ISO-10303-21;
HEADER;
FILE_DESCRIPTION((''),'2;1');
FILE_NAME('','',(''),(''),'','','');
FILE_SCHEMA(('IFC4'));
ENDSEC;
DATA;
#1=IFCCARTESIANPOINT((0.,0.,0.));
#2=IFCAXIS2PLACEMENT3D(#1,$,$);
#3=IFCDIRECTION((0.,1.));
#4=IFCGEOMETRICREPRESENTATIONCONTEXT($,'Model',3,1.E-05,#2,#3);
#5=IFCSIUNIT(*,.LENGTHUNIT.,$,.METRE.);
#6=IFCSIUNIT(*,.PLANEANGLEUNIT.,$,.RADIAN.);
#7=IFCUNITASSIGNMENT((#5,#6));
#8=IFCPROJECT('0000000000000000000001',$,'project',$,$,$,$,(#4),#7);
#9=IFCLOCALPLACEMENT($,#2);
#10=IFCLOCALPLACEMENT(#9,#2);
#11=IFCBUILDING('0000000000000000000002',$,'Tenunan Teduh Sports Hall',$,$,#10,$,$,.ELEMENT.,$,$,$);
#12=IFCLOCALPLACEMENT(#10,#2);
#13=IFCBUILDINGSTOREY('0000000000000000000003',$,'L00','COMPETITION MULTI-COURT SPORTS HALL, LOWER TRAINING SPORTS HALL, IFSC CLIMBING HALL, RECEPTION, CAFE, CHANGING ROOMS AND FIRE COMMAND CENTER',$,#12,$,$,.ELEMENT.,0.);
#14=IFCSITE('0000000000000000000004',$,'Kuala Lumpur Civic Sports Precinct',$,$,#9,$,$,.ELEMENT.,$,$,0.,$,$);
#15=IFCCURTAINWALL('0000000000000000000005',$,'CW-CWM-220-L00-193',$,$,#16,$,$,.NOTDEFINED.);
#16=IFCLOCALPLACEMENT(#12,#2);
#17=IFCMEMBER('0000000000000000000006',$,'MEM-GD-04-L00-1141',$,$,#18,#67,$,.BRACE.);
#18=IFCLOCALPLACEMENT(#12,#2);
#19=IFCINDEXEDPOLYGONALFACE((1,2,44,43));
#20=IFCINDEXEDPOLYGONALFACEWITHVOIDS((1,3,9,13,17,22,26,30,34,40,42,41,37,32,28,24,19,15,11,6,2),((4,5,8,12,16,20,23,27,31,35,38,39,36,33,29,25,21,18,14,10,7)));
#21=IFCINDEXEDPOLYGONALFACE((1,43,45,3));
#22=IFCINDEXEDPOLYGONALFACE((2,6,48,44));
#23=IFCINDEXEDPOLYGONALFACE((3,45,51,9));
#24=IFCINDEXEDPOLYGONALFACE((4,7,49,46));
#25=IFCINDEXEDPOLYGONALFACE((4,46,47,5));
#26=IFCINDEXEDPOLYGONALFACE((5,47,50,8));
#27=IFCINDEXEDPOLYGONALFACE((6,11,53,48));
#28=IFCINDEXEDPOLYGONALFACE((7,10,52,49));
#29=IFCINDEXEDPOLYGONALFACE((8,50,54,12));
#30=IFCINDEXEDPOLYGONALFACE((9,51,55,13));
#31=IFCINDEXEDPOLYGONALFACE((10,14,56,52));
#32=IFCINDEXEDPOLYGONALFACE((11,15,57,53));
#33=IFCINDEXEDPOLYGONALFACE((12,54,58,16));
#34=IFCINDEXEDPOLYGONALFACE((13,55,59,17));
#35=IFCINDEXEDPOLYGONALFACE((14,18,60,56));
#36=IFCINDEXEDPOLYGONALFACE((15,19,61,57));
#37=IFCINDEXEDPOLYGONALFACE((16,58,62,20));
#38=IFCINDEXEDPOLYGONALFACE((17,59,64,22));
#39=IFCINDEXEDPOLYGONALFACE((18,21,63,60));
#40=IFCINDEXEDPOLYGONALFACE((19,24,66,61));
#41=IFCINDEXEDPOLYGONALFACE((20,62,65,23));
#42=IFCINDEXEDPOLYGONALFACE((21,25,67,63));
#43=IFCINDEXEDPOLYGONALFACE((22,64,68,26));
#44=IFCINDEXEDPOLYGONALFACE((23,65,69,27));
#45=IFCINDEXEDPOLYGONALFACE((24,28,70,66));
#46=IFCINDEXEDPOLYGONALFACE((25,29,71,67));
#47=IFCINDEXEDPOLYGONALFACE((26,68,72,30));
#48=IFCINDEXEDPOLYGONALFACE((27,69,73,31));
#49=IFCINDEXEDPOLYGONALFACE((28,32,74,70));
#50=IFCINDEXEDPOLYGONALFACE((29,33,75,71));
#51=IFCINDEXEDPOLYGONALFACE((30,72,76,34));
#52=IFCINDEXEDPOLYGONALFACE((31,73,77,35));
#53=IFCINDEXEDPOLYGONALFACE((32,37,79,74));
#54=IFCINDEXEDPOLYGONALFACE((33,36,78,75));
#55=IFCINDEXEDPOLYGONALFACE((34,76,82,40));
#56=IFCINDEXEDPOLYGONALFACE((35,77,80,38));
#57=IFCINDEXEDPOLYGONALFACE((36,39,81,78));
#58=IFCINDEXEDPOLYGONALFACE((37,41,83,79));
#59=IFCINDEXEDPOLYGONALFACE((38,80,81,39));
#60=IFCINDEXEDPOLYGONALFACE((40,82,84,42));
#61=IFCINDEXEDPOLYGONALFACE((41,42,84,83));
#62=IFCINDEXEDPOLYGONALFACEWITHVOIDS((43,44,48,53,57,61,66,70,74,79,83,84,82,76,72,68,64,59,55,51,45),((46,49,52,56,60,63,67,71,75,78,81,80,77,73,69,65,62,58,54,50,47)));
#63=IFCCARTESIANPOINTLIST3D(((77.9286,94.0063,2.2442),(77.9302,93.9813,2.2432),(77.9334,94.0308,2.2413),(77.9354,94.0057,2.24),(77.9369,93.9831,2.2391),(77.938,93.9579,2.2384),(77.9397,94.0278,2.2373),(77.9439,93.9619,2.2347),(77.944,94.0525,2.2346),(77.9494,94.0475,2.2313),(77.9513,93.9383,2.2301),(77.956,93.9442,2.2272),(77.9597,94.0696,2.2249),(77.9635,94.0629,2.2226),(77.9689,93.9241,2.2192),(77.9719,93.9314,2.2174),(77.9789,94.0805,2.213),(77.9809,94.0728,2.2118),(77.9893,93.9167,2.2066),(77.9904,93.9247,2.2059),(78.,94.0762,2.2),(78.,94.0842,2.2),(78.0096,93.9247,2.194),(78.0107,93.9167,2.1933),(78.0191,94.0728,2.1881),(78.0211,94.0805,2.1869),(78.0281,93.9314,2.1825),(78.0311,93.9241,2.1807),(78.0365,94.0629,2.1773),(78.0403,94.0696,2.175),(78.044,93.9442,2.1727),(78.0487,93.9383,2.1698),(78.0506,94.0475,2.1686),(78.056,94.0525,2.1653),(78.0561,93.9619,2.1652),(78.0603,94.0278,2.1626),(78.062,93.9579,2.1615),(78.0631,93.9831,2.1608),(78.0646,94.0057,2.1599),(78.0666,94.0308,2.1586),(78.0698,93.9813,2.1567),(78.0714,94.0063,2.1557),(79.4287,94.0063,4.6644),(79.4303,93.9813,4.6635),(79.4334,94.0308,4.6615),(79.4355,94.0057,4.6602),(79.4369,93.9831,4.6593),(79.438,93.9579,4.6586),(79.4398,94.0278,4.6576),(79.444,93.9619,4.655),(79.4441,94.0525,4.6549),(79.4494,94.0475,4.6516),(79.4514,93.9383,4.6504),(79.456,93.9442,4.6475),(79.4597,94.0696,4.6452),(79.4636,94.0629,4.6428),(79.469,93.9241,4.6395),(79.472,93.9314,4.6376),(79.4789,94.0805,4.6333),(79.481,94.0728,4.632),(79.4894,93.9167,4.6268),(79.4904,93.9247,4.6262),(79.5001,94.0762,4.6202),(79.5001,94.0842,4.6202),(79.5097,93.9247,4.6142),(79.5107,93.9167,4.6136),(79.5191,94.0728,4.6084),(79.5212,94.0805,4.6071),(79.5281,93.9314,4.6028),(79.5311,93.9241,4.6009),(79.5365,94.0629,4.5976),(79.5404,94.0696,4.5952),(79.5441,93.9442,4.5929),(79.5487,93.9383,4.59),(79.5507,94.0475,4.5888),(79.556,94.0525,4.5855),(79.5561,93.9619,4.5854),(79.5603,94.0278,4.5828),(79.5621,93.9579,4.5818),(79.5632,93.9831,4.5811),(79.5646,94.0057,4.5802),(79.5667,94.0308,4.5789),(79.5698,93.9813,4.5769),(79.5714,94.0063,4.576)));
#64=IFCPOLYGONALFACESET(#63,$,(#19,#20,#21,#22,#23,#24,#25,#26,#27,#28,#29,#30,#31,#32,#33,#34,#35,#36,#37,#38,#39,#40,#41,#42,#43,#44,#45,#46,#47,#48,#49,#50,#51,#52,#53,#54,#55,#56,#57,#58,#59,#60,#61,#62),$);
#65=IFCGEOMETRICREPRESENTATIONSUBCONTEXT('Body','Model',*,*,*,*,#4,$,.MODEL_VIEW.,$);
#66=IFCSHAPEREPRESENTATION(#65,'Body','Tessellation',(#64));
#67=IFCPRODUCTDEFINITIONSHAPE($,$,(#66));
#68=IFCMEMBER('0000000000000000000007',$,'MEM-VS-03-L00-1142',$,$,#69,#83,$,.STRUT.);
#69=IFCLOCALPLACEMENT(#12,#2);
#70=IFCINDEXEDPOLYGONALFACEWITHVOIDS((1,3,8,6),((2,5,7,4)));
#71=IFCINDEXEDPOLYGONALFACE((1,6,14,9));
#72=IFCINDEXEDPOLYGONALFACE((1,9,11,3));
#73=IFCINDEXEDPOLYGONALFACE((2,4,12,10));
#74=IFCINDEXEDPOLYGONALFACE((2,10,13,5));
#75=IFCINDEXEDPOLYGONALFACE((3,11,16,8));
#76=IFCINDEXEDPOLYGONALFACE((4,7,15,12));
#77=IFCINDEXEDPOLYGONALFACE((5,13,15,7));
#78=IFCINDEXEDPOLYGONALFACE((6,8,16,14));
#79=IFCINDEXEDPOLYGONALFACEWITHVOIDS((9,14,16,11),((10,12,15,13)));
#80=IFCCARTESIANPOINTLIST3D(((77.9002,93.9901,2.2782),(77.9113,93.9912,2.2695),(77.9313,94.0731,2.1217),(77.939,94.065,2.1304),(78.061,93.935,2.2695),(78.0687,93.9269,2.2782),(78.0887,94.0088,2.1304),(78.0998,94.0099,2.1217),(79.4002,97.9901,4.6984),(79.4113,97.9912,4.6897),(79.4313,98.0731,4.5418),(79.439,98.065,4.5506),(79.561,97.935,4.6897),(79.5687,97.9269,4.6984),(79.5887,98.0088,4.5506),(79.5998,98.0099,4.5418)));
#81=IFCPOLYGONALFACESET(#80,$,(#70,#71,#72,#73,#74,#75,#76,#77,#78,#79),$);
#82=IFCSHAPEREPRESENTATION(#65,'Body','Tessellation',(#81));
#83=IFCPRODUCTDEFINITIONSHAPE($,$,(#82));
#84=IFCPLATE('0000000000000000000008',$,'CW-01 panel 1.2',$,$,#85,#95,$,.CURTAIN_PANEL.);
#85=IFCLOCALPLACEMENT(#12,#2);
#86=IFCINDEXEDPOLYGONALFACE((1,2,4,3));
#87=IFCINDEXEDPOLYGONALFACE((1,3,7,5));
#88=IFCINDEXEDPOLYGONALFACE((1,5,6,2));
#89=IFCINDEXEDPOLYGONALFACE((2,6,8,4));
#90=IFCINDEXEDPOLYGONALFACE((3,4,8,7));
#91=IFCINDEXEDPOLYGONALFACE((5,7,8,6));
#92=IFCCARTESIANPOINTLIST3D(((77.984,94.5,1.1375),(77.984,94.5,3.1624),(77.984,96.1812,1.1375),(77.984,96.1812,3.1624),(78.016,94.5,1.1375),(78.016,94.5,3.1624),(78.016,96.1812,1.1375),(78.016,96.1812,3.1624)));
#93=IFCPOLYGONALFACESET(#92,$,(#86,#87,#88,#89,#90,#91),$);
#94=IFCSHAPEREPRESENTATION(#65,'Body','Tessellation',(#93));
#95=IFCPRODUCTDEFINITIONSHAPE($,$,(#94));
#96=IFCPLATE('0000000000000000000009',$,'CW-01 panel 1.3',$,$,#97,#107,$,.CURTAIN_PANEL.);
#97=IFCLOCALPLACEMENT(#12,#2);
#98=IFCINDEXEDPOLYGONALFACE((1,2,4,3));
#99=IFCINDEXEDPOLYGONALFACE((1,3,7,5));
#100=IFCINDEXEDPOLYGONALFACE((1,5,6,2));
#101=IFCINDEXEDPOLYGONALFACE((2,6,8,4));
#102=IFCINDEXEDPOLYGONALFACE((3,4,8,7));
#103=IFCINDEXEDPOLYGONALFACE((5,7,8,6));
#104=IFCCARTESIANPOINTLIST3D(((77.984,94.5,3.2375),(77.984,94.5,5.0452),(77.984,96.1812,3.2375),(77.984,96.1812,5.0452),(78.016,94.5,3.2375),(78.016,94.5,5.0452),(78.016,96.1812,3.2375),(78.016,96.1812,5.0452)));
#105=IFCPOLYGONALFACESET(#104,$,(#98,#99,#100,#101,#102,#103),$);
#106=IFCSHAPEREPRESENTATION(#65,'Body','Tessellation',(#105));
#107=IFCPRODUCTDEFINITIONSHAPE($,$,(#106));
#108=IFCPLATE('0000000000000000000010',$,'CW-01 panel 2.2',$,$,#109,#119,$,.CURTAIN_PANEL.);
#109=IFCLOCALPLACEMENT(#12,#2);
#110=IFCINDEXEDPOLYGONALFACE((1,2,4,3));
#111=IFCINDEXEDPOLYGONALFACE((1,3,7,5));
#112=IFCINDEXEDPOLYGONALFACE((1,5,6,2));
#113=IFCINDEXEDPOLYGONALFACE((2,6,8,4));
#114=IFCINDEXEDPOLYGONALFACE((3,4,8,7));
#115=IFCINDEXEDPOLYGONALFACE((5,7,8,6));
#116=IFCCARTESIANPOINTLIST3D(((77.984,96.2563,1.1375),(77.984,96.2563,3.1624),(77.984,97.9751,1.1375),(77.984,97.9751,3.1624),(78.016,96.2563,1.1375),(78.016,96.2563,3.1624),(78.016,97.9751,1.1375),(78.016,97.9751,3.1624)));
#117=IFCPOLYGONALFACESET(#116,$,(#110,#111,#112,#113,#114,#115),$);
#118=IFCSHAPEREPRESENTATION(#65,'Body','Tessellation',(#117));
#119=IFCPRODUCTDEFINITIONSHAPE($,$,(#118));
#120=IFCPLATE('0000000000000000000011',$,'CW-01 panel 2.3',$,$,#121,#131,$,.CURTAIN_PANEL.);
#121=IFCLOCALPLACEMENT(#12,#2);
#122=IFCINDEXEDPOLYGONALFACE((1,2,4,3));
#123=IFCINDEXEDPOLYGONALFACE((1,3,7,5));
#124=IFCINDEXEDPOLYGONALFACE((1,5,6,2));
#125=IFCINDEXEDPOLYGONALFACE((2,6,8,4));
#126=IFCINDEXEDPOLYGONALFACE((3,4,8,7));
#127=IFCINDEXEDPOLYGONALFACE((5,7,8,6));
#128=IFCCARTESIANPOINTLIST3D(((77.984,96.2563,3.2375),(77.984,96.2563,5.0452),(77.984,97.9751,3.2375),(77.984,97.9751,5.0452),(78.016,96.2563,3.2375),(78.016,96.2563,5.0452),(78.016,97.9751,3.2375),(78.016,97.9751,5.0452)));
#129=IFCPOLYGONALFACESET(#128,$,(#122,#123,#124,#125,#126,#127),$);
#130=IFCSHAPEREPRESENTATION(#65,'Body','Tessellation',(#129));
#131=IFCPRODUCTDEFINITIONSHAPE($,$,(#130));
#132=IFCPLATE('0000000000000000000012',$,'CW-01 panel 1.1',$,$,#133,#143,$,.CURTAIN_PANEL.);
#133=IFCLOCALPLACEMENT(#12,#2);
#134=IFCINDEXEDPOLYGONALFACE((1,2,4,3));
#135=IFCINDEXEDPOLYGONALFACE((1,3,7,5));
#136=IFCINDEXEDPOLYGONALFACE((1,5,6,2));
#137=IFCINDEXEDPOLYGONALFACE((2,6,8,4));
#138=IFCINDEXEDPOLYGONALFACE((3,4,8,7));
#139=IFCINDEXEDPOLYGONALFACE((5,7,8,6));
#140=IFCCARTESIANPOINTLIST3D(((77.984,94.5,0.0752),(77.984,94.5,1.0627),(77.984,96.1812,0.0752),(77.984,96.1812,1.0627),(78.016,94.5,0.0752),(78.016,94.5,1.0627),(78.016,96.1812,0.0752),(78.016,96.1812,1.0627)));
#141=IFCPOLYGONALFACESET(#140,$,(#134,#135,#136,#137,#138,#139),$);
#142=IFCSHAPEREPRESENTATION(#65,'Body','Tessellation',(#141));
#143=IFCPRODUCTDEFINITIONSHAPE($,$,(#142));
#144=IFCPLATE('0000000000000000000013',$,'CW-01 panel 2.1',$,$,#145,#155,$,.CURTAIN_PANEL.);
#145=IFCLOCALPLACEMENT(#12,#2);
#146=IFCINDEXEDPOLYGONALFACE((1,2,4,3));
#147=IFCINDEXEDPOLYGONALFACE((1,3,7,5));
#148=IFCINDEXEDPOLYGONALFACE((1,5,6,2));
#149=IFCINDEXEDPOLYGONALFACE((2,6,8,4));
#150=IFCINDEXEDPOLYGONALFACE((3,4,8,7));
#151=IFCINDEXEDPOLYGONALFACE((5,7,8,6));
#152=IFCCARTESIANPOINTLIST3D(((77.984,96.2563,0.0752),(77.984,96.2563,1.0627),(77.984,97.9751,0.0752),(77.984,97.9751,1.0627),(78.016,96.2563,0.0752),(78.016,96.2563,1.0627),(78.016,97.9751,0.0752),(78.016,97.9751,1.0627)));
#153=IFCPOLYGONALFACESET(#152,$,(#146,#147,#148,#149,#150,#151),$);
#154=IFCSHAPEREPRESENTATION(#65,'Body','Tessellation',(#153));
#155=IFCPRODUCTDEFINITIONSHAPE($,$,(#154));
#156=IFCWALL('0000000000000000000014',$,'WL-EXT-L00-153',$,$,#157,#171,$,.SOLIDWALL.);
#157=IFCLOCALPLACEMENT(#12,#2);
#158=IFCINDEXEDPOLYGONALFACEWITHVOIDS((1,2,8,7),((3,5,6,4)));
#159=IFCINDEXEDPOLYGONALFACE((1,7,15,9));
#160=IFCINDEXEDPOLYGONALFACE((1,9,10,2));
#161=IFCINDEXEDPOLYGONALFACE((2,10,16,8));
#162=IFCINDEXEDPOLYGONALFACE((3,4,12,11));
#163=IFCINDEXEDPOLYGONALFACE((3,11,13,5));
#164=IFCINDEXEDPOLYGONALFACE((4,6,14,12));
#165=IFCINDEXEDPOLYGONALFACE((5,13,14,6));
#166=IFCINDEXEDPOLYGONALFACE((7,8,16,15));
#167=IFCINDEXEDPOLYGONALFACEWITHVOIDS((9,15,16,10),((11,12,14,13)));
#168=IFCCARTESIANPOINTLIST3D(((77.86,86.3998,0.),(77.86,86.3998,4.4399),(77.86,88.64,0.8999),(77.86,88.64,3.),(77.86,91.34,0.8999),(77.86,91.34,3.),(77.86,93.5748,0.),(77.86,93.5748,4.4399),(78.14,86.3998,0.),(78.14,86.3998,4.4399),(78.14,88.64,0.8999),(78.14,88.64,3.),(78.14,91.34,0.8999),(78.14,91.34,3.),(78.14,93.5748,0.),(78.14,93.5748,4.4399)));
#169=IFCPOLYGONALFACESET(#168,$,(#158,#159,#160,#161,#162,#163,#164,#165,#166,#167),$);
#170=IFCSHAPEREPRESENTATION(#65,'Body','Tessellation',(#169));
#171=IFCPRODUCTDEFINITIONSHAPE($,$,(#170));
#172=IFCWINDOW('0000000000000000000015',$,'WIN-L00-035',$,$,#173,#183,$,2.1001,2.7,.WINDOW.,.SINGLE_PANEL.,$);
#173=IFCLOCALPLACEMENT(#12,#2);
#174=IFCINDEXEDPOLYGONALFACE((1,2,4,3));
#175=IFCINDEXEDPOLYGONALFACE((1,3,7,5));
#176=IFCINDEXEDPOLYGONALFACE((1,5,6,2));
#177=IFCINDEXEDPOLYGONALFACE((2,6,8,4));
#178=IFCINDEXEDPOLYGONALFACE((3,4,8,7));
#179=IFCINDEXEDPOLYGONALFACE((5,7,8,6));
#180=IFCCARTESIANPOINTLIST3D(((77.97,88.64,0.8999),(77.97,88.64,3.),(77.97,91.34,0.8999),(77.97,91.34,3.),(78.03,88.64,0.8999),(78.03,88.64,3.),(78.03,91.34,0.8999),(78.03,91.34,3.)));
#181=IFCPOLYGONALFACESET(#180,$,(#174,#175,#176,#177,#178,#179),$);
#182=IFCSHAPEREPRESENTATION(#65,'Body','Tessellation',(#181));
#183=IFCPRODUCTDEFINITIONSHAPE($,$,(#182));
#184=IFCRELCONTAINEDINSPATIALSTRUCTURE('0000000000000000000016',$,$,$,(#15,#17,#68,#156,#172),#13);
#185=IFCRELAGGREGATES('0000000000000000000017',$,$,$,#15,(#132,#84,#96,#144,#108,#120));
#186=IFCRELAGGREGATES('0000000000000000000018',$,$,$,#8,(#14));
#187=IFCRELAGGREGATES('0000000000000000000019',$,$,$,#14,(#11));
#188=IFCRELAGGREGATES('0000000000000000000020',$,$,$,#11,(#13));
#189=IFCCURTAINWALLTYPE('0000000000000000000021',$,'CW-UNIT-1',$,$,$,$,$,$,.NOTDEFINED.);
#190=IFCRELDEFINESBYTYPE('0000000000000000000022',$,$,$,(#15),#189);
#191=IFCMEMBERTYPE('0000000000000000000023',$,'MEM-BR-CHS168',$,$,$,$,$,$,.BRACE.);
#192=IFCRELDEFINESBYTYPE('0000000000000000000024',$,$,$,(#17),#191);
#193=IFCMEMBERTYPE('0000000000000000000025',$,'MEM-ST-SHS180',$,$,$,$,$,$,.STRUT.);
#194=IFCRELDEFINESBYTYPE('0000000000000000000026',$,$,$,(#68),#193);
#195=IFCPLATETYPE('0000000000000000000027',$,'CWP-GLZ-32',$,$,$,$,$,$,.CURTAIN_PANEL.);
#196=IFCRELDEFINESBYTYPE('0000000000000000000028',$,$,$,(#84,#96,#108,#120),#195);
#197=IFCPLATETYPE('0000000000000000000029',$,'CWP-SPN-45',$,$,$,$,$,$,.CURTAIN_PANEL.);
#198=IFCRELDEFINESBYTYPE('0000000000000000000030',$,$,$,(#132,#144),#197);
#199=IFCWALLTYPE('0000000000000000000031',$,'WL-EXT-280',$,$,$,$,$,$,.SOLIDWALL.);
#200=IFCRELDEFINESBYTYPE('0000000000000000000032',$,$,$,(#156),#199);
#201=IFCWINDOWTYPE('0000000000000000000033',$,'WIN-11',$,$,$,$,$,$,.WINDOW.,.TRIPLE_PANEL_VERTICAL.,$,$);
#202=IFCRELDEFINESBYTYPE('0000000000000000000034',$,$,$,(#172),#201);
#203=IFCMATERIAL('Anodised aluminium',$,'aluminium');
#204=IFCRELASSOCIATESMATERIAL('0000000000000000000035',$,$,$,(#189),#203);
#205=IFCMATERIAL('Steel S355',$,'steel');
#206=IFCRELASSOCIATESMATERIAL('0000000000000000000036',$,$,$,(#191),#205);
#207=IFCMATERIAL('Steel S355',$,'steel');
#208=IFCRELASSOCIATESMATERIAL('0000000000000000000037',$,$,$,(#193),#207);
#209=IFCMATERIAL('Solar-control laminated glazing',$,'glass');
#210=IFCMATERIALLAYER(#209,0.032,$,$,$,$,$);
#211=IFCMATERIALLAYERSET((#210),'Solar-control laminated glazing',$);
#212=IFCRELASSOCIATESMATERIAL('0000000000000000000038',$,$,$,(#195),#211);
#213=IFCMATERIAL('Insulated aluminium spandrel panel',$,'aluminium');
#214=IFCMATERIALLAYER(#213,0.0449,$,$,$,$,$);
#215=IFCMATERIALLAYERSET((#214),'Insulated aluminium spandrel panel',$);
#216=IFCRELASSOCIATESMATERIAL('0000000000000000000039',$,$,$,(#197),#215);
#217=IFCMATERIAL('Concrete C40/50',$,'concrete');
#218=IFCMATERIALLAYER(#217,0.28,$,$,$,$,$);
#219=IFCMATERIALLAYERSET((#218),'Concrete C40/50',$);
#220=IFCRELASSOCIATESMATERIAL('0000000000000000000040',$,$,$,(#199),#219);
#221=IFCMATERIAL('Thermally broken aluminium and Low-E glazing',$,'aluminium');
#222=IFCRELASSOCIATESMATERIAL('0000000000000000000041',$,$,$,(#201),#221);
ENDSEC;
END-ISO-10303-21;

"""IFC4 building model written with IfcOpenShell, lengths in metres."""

from ifc_helpers import new_model, si_unit, direction, frame, frame_2d, origin, origin_2d, place, context, subcontext, project, spatial, rectangle, hollow_rectangle, hollow_circle, extrude, material, layer, layer_set, material_profile, profile_set, type_object, element, fill, aggregate, save


model = new_model("IFC4")

# Units and contexts
model_context = context("Model", 3, precision=1e-05, world=origin(), true_north=direction((0.0, 1.0)))
body_context = subcontext(model_context, "Body", "Model", "MODEL_VIEW")
ifc_project = project(units=[si_unit("LENGTHUNIT", "METRE"), si_unit("PLANEANGLEUNIT", "RADIAN")], contexts=[model_context])

# Site, building, storey
site_placement = place(None, origin())
site = spatial("IfcSite", under=ifc_project, at=site_placement, Name="Kuala Lumpur Civic Sports Precinct", CompositionType="ELEMENT", RefElevation=0.0)
building_placement = place(site_placement, origin())
building = spatial("IfcBuilding", under=site, at=building_placement, Name="Tenunan Teduh Sports Hall", CompositionType="ELEMENT")
storey_placement = place(building_placement, origin())
storey = spatial("IfcBuildingStorey", under=building, at=storey_placement, Name="L00", Description="COMPETITION MULTI-COURT SPORTS HALL, LOWER TRAINING SPORTS HALL, IFSC CLIMBING HALL, RECEPTION, CAFE, CHANGING ROOMS AND FIRE COMMAND CENTER", CompositionType="ELEMENT", Elevation=0.0)

# Curtain wall
ifc_material_1 = material(Name="Anodised aluminium", Category="aluminium")
curtain_wall_type = type_object("IfcCurtainWallType", Name="CW-UNIT-1", PredefinedType="NOTDEFINED", material=ifc_material_1)
curtain_wall_placement = place(storey_placement, origin())
curtain_wall = element("IfcCurtainWall", 1, at=curtain_wall_placement, inside=storey, type_object=curtain_wall_type, Name="CW-CWM-220-L00-193", PredefinedType="NOTDEFINED")

# Members
ifc_material_2 = material(Name="Steel S355", Category="steel")
ifc_material_profile_1 = material_profile(ifc_material_2, hollow_circle(Radius=0.0842, WallThickness=0.0081, at=origin_2d()), Name="CHS 168.3x8.0")
ifc_profile_set_1 = profile_set([ifc_material_profile_1], Name="Steel S355")
member_type_1 = type_object("IfcMemberType", Name="MEM-BR-CHS168", PredefinedType="BRACE", material=ifc_profile_set_1)
member_1_placement = place(storey_placement, frame((78.0, 94.0, 2.2), z_axis=(0.526812, 0.0, 0.849982), x_axis=(0.0, 1.0, 0.0)))
element("IfcMember", 2, at=member_1_placement, inside=storey, type_object=member_type_1, Name="MEM-GD-04-L00-1141", PredefinedType="BRACE", context=body_context, shape_type="SweptSolid", body=[
    extrude(hollow_circle(Radius=0.0842, WallThickness=0.0081, at=origin_2d()), origin(), (0.0, 0.0, 1.0), 2.8474),
])
ifc_material_3 = material(Name="Steel S355", Category="steel")
ifc_material_profile_2 = material_profile(ifc_material_3, hollow_rectangle(XDim=0.1799, YDim=0.1799, WallThickness=0.01, at=origin_2d()), Name="SHS 180x180x10.0")
ifc_profile_set_2 = profile_set([ifc_material_profile_2], Name="Steel S355")
member_type_2 = type_object("IfcMemberType", Name="MEM-ST-SHS180", PredefinedType="STRUT", material=ifc_profile_set_2)
member_2_placement = place(storey_placement, frame((78.0, 94.0, 2.2), z_axis=(0.305505, 0.814679, 0.492915), x_axis=(-0.936329, 0.351123, 0.0)))
element("IfcMember", 3, at=member_2_placement, inside=storey, type_object=member_type_2, Name="MEM-VS-03-L00-1142", PredefinedType="STRUT", context=body_context, shape_type="SweptSolid", body=[
    extrude(hollow_rectangle(XDim=0.1799, YDim=0.1799, WallThickness=0.01, at=origin_2d()), origin(), (0.0, 0.0, 1.0), 4.9099),
])

# Plates
ifc_material_4 = material(Name="Solar-control laminated glazing", Category="glass")
ifc_layer_1 = layer(ifc_material_4, 0.032)
ifc_layer_set_1 = layer_set([ifc_layer_1], Name="Solar-control laminated glazing")
plate_type_1 = type_object("IfcPlateType", Name="CWP-GLZ-32", PredefinedType="CURTAIN_PANEL", material=ifc_layer_set_1)
plate_1_placement = place(storey_placement, frame((78.0, 95.3406, 1.1375), z_axis=(0.0, 0.0, 1.0), x_axis=(0.0, 1.0, 0.0)))
plate_1 = element("IfcPlate", 4, at=plate_1_placement, type_object=plate_type_1, Name="CW-01 panel 1.2", PredefinedType="CURTAIN_PANEL", context=body_context, shape_type="SweptSolid", body=[
    extrude(rectangle(XDim=1.6812, YDim=0.032, at=origin_2d()), origin(), (0.0, 0.0, 1.0), 2.0249),
])
plate_2_placement = place(storey_placement, frame((78.0, 95.3406, 3.2375), z_axis=(0.0, 0.0, 1.0), x_axis=(0.0, 1.0, 0.0)))
plate_2 = element("IfcPlate", 5, at=plate_2_placement, type_object=plate_type_1, Name="CW-01 panel 1.3", PredefinedType="CURTAIN_PANEL", context=body_context, shape_type="SweptSolid", body=[
    extrude(rectangle(XDim=1.6812, YDim=0.032, at=origin_2d()), origin(), (0.0, 0.0, 1.0), 1.8076),
])
plate_3_placement = place(storey_placement, frame((78.0, 97.1157, 1.1375), z_axis=(0.0, 0.0, 1.0), x_axis=(0.0, 1.0, 0.0)))
plate_3 = element("IfcPlate", 6, at=plate_3_placement, type_object=plate_type_1, Name="CW-01 panel 2.2", PredefinedType="CURTAIN_PANEL", context=body_context, shape_type="SweptSolid", body=[
    extrude(rectangle(XDim=1.7188, YDim=0.032, at=origin_2d()), origin(), (0.0, 0.0, 1.0), 2.0249),
])
plate_4_placement = place(storey_placement, frame((78.0, 97.1157, 3.2375), z_axis=(0.0, 0.0, 1.0), x_axis=(0.0, 1.0, 0.0)))
plate_4 = element("IfcPlate", 7, at=plate_4_placement, type_object=plate_type_1, Name="CW-01 panel 2.3", PredefinedType="CURTAIN_PANEL", context=body_context, shape_type="SweptSolid", body=[
    extrude(rectangle(XDim=1.7188, YDim=0.032, at=origin_2d()), origin(), (0.0, 0.0, 1.0), 1.8076),
])
ifc_material_5 = material(Name="Insulated aluminium spandrel panel", Category="aluminium")
ifc_layer_2 = layer(ifc_material_5, 0.0449)
ifc_layer_set_2 = layer_set([ifc_layer_2], Name="Insulated aluminium spandrel panel")
plate_type_2 = type_object("IfcPlateType", Name="CWP-SPN-45", PredefinedType="CURTAIN_PANEL", material=ifc_layer_set_2)
plate_5_placement = place(storey_placement, frame((78.0, 95.3406, 0.0752), z_axis=(0.0, 0.0, 1.0), x_axis=(0.0, 1.0, 0.0)))
plate_5 = element("IfcPlate", 8, at=plate_5_placement, type_object=plate_type_2, Name="CW-01 panel 1.1", PredefinedType="CURTAIN_PANEL", context=body_context, shape_type="SweptSolid", body=[
    extrude(rectangle(XDim=1.6812, YDim=0.032, at=origin_2d()), origin(), (0.0, 0.0, 1.0), 0.9875),
])
plate_6_placement = place(storey_placement, frame((78.0, 97.1157, 0.0752), z_axis=(0.0, 0.0, 1.0), x_axis=(0.0, 1.0, 0.0)))
plate_6 = element("IfcPlate", 9, at=plate_6_placement, type_object=plate_type_2, Name="CW-01 panel 2.1", PredefinedType="CURTAIN_PANEL", context=body_context, shape_type="SweptSolid", body=[
    extrude(rectangle(XDim=1.7188, YDim=0.032, at=origin_2d()), origin(), (0.0, 0.0, 1.0), 0.9875),
])
aggregate(curtain_wall, [plate_5, plate_1, plate_2, plate_6, plate_3, plate_4])

# Wall, opening, window
ifc_material_6 = material(Name="Concrete C40/50", Category="concrete")
ifc_layer_3 = layer(ifc_material_6, 0.28)
ifc_layer_set_3 = layer_set([ifc_layer_3], Name="Concrete C40/50")
wall_type = type_object("IfcWallType", Name="WL-EXT-280", PredefinedType="SOLIDWALL", material=ifc_layer_set_3)
wall_placement = place(storey_placement, frame((78.0, 86.3999, 0.0), z_axis=(0.0, 0.0, 1.0), x_axis=(0.0, 1.0, 0.0)))
wall = element("IfcWall", 10, at=wall_placement, inside=storey, type_object=wall_type, Name="WL-EXT-L00-153", PredefinedType="SOLIDWALL", context=body_context, shape_type="SweptSolid", body=[
    extrude(rectangle(XDim=7.175, YDim=0.28, at=frame_2d((3.5874, 0.0))), origin(), (0.0, 0.0, 1.0), 4.4399),
])
opening_placement = place(wall_placement, frame((2.24, 0.0, 0.8999)))
opening = element("IfcOpeningElement", 11, at=opening_placement, cuts=wall, PredefinedType="OPENING", context=body_context, shape_type="SweptSolid", body=[
    extrude(rectangle(XDim=2.7, YDim=2.1001, at=frame_2d((1.3501, 1.05))), frame((0.0, 0.1499, 0.0), z_axis=(0.0, -1.0, 0.0), x_axis=(1.0, 0.0, 0.0)), (0.0, 0.0, 1.0), 0.3),
])
ifc_material_7 = material(Name="Thermally broken aluminium and Low-E glazing", Category="aluminium")
window_type = type_object("IfcWindowType", Name="WIN-11", PartitioningType="TRIPLE_PANEL_VERTICAL", PredefinedType="WINDOW", material=ifc_material_7)
window_placement = place(opening_placement, origin())
window = element("IfcWindow", 12, at=window_placement, inside=storey, type_object=window_type, Name="WIN-L00-035", OverallHeight=2.1001, OverallWidth=2.7, PartitioningType="SINGLE_PANEL", PredefinedType="WINDOW", context=body_context, shape_type="SweptSolid", body=[
    extrude(rectangle(XDim=2.7, YDim=2.1001, at=frame_2d((1.3501, 1.05))), frame((0.0, 0.03, 0.0), z_axis=(0.0, -1.0, 0.0), x_axis=(1.0, 0.0, 0.0)), (0.0, 0.0, 1.0), 0.0601),
])
fill(opening, window)

save(model, "model.ifc")
